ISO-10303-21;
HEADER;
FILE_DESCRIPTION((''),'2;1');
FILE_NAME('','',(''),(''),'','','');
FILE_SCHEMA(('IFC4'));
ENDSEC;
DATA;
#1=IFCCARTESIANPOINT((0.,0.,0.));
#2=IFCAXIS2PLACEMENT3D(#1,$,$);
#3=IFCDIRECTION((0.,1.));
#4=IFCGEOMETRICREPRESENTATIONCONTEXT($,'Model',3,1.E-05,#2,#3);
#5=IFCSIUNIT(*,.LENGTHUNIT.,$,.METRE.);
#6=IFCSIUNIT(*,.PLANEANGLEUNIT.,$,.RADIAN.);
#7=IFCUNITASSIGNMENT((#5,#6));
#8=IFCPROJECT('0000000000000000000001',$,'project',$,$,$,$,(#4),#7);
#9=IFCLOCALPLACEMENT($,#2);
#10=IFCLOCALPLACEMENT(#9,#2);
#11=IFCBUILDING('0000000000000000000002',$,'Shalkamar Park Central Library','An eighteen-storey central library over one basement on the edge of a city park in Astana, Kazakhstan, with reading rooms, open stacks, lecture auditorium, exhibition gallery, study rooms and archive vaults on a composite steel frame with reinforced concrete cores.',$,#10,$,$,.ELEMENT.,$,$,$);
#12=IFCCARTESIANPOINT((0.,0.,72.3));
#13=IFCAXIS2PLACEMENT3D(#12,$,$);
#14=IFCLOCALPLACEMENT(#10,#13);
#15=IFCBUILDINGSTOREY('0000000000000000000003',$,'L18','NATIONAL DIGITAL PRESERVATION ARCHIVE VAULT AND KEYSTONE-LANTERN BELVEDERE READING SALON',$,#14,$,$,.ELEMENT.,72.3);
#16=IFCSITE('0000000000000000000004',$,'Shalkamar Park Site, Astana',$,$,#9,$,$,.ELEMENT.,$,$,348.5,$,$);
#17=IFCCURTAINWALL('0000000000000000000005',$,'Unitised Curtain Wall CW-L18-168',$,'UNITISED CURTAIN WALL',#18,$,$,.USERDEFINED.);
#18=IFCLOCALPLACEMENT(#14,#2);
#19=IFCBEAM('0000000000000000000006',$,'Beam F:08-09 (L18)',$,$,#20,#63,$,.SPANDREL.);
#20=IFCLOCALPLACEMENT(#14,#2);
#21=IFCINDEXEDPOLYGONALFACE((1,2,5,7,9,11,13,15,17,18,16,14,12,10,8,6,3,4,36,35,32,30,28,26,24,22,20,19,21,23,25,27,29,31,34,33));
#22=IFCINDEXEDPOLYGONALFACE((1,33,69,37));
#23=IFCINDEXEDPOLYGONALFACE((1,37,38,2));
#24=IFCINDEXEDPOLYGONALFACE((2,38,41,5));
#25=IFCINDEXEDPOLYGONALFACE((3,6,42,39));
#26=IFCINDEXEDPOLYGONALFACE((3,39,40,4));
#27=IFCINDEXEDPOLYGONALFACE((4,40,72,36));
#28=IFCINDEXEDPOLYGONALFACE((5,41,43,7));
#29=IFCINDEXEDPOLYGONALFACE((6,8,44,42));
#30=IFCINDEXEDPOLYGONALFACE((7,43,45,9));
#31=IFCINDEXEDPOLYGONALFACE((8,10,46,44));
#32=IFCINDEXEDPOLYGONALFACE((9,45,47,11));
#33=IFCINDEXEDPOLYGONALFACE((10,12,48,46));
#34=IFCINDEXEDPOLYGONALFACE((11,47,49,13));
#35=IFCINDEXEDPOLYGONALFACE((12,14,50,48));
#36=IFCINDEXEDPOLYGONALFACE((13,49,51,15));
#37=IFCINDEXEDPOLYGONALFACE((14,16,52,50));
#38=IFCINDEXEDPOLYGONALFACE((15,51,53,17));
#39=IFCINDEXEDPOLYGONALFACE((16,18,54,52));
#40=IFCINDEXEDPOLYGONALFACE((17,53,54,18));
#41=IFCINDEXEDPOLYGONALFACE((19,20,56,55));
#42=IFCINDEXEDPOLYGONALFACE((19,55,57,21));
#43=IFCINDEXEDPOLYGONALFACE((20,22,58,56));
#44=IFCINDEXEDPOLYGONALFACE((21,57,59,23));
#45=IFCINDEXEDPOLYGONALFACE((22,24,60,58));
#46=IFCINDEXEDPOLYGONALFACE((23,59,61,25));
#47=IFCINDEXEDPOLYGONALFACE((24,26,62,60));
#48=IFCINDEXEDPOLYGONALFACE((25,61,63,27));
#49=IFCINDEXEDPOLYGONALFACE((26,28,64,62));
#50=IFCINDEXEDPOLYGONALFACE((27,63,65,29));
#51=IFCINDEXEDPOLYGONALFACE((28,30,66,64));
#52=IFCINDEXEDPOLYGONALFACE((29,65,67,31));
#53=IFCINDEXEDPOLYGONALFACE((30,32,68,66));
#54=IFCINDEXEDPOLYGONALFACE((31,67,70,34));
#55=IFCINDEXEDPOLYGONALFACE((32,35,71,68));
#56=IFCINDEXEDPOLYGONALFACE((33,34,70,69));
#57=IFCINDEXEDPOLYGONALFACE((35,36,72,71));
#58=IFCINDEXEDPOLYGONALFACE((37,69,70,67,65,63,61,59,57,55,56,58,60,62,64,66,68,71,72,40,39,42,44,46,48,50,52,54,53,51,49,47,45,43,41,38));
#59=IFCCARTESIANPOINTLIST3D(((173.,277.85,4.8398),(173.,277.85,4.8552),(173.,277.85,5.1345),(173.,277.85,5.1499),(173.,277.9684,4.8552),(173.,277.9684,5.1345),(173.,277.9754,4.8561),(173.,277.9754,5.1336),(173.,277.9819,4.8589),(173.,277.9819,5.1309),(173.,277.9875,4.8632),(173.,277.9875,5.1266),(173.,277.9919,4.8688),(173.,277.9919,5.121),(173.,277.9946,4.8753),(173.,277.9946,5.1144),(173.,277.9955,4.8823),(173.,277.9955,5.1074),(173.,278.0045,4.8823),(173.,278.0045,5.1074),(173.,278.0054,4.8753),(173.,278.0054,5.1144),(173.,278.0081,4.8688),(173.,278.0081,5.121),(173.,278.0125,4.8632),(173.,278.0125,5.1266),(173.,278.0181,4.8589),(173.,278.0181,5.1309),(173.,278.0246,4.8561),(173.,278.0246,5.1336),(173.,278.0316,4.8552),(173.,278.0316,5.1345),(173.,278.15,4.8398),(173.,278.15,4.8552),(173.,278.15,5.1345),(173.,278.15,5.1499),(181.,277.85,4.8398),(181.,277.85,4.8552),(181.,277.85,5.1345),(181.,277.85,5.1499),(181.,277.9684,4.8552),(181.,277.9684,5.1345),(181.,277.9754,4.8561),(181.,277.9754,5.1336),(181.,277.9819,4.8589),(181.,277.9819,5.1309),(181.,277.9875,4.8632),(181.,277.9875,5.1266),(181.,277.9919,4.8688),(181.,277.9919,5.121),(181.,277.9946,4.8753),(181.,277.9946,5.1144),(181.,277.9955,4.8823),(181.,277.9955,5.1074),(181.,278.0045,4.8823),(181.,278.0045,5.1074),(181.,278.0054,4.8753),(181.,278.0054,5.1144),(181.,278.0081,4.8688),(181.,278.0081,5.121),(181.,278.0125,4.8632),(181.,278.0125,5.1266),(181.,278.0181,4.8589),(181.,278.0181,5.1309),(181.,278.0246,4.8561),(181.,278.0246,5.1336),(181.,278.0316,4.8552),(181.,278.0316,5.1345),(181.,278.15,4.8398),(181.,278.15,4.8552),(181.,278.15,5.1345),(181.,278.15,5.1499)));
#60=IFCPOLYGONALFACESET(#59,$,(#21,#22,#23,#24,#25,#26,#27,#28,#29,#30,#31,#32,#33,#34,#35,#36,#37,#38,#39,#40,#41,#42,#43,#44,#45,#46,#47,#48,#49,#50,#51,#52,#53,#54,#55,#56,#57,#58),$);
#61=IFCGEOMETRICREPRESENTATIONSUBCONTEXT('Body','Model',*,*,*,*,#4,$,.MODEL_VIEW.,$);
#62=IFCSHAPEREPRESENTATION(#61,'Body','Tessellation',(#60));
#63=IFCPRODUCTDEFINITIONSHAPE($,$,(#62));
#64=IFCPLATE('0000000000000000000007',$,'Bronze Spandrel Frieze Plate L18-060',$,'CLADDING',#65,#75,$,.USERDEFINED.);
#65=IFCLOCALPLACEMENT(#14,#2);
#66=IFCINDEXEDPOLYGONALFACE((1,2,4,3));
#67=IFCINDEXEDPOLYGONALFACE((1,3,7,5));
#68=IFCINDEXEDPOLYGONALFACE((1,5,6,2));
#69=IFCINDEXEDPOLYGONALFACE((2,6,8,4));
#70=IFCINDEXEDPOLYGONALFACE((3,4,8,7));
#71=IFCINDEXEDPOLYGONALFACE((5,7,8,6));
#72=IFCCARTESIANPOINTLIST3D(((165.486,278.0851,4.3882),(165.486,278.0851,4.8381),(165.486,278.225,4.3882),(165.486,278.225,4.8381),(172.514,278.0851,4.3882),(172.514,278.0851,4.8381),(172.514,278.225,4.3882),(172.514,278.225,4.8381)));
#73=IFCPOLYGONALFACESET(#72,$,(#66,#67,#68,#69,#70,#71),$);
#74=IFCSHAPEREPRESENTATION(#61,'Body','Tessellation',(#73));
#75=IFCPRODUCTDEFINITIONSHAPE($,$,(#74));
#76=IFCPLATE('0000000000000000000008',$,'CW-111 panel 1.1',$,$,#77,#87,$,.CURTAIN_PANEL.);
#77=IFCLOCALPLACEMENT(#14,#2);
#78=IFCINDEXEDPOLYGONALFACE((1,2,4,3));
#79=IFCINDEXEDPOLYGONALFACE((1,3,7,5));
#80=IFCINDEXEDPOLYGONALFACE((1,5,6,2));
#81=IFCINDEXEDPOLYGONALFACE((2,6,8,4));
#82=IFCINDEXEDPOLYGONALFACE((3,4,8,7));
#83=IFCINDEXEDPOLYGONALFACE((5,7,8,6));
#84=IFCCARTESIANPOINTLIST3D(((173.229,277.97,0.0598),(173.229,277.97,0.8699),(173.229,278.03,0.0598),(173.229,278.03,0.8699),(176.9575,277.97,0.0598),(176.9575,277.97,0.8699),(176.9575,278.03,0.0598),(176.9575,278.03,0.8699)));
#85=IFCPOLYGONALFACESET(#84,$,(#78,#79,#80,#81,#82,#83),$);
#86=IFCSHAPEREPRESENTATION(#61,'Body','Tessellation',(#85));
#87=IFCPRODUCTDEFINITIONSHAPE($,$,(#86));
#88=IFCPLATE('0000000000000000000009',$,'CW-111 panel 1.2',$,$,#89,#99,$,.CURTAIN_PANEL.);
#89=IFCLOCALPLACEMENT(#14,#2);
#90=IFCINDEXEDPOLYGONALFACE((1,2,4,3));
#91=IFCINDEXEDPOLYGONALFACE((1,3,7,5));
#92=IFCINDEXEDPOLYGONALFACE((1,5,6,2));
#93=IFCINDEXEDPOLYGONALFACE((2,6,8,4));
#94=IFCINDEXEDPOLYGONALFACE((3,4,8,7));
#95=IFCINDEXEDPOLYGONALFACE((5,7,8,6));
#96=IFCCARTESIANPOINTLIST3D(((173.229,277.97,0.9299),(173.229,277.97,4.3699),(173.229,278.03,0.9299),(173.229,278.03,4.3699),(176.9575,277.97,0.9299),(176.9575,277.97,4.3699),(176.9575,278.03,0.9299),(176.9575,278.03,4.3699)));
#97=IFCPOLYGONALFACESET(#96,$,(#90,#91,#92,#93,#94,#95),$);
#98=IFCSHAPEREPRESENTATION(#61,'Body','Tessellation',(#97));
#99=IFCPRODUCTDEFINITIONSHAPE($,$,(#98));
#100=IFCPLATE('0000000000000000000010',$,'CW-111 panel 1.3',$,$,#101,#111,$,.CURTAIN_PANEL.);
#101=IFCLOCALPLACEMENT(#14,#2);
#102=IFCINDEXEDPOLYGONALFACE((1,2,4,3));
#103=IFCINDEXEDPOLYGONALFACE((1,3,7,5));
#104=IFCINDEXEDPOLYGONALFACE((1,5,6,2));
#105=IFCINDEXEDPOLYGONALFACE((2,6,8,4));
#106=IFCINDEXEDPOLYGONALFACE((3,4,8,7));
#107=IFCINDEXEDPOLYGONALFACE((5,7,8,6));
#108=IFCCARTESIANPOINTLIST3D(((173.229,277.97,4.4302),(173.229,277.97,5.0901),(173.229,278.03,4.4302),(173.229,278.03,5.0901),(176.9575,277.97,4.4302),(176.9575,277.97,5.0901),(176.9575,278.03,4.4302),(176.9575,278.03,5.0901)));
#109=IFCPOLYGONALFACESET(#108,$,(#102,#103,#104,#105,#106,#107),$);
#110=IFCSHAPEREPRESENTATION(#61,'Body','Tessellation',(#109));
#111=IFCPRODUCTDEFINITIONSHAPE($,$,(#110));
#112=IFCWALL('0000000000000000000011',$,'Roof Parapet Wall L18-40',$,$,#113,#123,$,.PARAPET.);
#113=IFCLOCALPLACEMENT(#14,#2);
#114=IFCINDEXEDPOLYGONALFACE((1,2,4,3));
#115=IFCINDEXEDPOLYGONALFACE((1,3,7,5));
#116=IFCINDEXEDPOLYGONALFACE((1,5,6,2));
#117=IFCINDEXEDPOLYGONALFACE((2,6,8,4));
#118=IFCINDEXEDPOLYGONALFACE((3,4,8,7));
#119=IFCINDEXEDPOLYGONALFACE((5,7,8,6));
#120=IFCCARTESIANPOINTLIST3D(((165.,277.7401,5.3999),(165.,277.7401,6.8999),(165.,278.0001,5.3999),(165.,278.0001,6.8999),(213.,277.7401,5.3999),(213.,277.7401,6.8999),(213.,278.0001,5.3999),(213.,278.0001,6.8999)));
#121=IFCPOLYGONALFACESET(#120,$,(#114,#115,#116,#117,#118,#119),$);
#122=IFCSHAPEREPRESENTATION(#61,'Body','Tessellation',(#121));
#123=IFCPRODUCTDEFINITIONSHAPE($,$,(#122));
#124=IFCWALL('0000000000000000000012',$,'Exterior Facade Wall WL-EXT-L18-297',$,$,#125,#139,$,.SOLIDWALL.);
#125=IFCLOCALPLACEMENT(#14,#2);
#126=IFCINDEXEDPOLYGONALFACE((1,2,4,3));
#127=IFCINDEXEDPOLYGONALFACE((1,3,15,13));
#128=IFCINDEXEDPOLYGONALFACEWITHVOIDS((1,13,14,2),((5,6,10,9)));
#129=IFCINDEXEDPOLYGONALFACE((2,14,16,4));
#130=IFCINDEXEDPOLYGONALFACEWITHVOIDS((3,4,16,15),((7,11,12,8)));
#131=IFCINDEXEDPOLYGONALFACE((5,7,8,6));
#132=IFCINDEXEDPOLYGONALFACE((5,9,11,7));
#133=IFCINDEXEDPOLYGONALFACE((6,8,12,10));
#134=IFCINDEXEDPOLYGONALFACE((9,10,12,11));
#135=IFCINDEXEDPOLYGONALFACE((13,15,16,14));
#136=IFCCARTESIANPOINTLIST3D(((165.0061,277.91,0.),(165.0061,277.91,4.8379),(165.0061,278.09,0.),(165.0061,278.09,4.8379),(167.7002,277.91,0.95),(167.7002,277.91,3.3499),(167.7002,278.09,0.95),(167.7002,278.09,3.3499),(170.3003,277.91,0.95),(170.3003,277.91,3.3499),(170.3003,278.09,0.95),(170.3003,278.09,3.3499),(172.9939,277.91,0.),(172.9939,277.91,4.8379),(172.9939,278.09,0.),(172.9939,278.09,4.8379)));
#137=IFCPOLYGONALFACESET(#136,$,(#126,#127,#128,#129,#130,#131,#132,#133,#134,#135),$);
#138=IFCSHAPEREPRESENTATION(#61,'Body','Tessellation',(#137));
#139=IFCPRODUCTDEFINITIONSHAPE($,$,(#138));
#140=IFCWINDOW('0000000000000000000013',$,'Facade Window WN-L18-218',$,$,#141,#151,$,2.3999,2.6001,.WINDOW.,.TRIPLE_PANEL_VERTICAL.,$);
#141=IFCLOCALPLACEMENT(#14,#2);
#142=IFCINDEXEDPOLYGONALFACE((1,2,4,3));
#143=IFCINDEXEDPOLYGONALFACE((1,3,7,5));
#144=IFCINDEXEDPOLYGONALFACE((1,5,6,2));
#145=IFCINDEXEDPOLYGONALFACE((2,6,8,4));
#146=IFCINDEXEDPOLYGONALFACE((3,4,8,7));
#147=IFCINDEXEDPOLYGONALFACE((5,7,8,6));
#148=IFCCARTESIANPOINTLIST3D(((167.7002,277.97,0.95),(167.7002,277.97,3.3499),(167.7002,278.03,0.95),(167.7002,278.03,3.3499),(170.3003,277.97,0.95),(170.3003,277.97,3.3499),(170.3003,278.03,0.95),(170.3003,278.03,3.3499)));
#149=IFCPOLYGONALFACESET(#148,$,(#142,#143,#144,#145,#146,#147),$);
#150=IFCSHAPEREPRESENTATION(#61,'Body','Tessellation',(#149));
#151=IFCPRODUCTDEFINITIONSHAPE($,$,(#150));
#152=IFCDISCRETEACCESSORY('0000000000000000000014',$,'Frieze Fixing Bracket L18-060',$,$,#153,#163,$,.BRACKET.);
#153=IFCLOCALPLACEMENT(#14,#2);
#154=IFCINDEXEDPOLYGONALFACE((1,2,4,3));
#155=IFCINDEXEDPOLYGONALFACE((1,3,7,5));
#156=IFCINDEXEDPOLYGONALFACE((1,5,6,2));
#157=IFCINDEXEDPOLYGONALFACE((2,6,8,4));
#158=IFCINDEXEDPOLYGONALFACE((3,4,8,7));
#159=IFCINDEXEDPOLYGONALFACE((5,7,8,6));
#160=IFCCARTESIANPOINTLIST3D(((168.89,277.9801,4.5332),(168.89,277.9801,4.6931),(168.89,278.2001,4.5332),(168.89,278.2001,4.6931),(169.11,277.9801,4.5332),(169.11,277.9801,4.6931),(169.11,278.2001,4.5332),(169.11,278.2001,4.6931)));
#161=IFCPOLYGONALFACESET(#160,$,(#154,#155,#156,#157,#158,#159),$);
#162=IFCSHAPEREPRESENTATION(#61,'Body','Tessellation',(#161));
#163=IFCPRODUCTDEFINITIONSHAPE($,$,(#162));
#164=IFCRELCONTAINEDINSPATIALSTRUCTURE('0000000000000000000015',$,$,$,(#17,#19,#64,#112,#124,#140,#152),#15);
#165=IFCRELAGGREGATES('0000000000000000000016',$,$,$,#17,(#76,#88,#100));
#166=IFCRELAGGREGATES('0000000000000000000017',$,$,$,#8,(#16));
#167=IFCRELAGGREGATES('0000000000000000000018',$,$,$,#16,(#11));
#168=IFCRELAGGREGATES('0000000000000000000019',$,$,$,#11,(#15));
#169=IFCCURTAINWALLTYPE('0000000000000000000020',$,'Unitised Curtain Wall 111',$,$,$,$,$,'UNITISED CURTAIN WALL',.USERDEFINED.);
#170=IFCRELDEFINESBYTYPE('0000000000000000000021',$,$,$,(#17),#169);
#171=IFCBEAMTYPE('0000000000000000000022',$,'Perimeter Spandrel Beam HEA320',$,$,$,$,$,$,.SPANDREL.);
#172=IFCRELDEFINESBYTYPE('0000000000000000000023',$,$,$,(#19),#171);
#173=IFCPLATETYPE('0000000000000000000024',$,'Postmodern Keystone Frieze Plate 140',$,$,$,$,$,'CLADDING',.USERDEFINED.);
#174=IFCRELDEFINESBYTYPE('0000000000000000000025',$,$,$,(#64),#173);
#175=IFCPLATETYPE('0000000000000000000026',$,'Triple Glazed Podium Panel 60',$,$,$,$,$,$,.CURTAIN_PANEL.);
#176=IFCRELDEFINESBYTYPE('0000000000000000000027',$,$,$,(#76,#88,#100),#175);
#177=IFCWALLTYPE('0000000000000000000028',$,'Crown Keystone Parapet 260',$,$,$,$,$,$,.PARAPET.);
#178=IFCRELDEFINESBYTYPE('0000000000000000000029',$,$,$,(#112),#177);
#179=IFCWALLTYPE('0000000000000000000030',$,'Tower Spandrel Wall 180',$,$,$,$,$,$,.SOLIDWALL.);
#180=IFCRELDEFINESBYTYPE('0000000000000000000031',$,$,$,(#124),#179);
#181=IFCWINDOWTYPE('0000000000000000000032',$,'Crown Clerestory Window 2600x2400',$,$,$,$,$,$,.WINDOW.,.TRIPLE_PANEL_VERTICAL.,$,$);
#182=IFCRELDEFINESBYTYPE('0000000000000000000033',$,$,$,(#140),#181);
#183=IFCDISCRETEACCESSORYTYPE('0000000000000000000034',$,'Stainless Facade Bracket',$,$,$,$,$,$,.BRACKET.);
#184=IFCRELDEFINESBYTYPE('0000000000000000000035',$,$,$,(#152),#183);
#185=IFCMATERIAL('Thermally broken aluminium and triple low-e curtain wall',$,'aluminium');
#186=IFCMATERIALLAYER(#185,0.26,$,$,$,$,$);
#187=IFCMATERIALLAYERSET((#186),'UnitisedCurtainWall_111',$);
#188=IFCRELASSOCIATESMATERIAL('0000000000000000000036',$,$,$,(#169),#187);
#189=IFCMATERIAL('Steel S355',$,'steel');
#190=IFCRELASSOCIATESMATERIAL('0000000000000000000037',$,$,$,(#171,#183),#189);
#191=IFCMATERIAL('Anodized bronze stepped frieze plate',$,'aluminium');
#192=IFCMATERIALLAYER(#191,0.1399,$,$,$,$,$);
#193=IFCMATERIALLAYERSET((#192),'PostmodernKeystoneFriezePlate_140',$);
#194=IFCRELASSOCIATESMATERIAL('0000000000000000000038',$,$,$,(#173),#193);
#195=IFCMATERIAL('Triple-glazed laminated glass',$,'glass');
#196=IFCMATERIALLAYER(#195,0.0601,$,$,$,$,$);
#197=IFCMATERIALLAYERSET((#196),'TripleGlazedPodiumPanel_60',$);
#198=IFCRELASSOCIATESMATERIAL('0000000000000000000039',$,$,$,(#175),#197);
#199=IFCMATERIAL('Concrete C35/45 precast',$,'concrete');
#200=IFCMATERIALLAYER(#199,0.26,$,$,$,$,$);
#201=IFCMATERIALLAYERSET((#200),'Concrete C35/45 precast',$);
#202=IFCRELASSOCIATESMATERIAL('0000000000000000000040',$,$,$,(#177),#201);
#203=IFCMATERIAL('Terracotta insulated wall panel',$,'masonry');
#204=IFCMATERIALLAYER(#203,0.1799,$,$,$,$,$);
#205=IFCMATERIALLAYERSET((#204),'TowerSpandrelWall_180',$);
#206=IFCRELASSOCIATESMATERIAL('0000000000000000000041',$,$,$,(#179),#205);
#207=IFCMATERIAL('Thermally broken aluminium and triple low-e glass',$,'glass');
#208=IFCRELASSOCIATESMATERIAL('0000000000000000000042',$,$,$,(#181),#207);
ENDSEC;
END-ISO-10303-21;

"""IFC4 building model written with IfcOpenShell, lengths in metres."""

from ifc_helpers import new_model, si_unit, direction, frame, frame_2d, origin, origin_2d, place, context, subcontext, project, spatial, rectangle, i_section, extrude, material, layer, layer_set, material_profile, profile_set, type_object, element, fill, aggregate, save


model = new_model("IFC4")

# Units and contexts
model_context = context("Model", 3, precision=1e-05, world=origin(), true_north=direction((0.0, 1.0)))
body_context = subcontext(model_context, "Body", "Model", "MODEL_VIEW")
ifc_project = project(units=[si_unit("LENGTHUNIT", "METRE"), si_unit("PLANEANGLEUNIT", "RADIAN")], contexts=[model_context])

# Site, building, storey
site_placement = place(None, origin())
site = spatial("IfcSite", under=ifc_project, at=site_placement, Name="Shalkamar Park Site, Astana", CompositionType="ELEMENT", RefElevation=348.5)
building_placement = place(site_placement, origin())
building = spatial("IfcBuilding", under=site, at=building_placement, Name="Shalkamar Park Central Library", Description="An eighteen-storey central library over one basement on the edge of a city park in Astana, Kazakhstan, with reading rooms, open stacks, lecture auditorium, exhibition gallery, study rooms and archive vaults on a composite steel frame with reinforced concrete cores.", CompositionType="ELEMENT")
storey_placement = place(building_placement, frame((0.0, 0.0, 72.3)))
storey = spatial("IfcBuildingStorey", under=building, at=storey_placement, Name="L18", Description="NATIONAL DIGITAL PRESERVATION ARCHIVE VAULT AND KEYSTONE-LANTERN BELVEDERE READING SALON", CompositionType="ELEMENT", Elevation=72.3)

# Shared definitions
ifc_material_1 = material(Name="Steel S355", Category="steel")

# Curtain wall
ifc_material_2 = material(Name="Thermally broken aluminium and triple low-e curtain wall", Category="aluminium")
ifc_layer_1 = layer(ifc_material_2, 0.26)
ifc_layer_set_1 = layer_set([ifc_layer_1], Name="UnitisedCurtainWall_111")
curtain_wall_type = type_object("IfcCurtainWallType", Name="Unitised Curtain Wall 111", ElementType="UNITISED CURTAIN WALL", PredefinedType="USERDEFINED", material=ifc_layer_set_1)
curtain_wall_placement = place(storey_placement, origin())
curtain_wall = element("IfcCurtainWall", 1, at=curtain_wall_placement, inside=storey, type_object=curtain_wall_type, Name="Unitised Curtain Wall CW-L18-168", ObjectType="UNITISED CURTAIN WALL", PredefinedType="USERDEFINED")

# Beam
ifc_material_profile_1 = material_profile(ifc_material_1, i_section(OverallWidth=0.3, OverallDepth=0.3101, WebThickness=0.009, FlangeThickness=0.0154, FilletRadius=0.0271, at=origin_2d()), Name="HEA 320")
ifc_profile_set_1 = profile_set([ifc_material_profile_1], Name="Steel S355")
beam_type_1 = type_object("IfcBeamType", Name="Perimeter Spandrel Beam HEA320", PredefinedType="SPANDREL", material=ifc_profile_set_1)
for number, where, z_axis, x_axis, name in (
    (2, (173.0, 278.0, 4.9949), (1.0, 0.0, 0.0), (0.0, 1.0, 0.0), "Beam F:08-09 (L18)"),
):
    element("IfcBeam", number, at=place(storey_placement, frame(where, z_axis=z_axis, x_axis=x_axis)), inside=storey, type_object=beam_type_1, Name=name, PredefinedType="SPANDREL", context=body_context, shape_type="SweptSolid", body=[
        extrude(i_section(OverallWidth=0.3, OverallDepth=0.3101, WebThickness=0.009, FlangeThickness=0.0154, FilletRadius=0.0271, at=origin_2d()), origin(), (0.0, 0.0, 1.0), 8.0),
    ])

# Plates
ifc_material_3 = material(Name="Anodized bronze stepped frieze plate", Category="aluminium")
ifc_layer_2 = layer(ifc_material_3, 0.1399)
ifc_layer_set_2 = layer_set([ifc_layer_2], Name="PostmodernKeystoneFriezePlate_140")
plate_type_1 = type_object("IfcPlateType", Name="Postmodern Keystone Frieze Plate 140", ElementType="CLADDING", PredefinedType="USERDEFINED", material=ifc_layer_set_2)
plate_1_placement = place(storey_placement, frame((169.0, 278.155, 4.3882), z_axis=(0.0, 0.0, 1.0), x_axis=(1.0, 0.0, 0.0)))
element("IfcPlate", 3, at=plate_1_placement, inside=storey, type_object=plate_type_1, Name="Bronze Spandrel Frieze Plate L18-060", ObjectType="CLADDING", PredefinedType="USERDEFINED", context=body_context, shape_type="SweptSolid", body=[
    extrude(rectangle(XDim=7.0281, YDim=0.1399, at=origin_2d()), origin(), (0.0, 0.0, 1.0), 0.45),
])
ifc_material_4 = material(Name="Triple-glazed laminated glass", Category="glass")
ifc_layer_3 = layer(ifc_material_4, 0.0601)
ifc_layer_set_3 = layer_set([ifc_layer_3], Name="TripleGlazedPodiumPanel_60")
plate_type_2 = type_object("IfcPlateType", Name="Triple Glazed Podium Panel 60", PredefinedType="CURTAIN_PANEL", material=ifc_layer_set_3)
plate_2_placement = place(storey_placement, frame((175.0933, 278.0, 0.0598), z_axis=(0.0, 0.0, 1.0), x_axis=(1.0, 0.0, 0.0)))
plate_2 = element("IfcPlate", 4, at=plate_2_placement, type_object=plate_type_2, Name="CW-111 panel 1.1", PredefinedType="CURTAIN_PANEL", context=body_context, shape_type="SweptSolid", body=[
    extrude(rectangle(XDim=3.7285, YDim=0.0601, at=origin_2d()), origin(), (0.0, 0.0, 1.0), 0.8101),
])
plate_3_placement = place(storey_placement, frame((175.0933, 278.0, 0.9299), z_axis=(0.0, 0.0, 1.0), x_axis=(1.0, 0.0, 0.0)))
plate_3 = element("IfcPlate", 5, at=plate_3_placement, type_object=plate_type_2, Name="CW-111 panel 1.2", PredefinedType="CURTAIN_PANEL", context=body_context, shape_type="SweptSolid", body=[
    extrude(rectangle(XDim=3.7285, YDim=0.0601, at=origin_2d()), origin(), (0.0, 0.0, 1.0), 3.4399),
])
plate_4_placement = place(storey_placement, frame((175.0933, 278.0, 4.4302), z_axis=(0.0, 0.0, 1.0), x_axis=(1.0, 0.0, 0.0)))
plate_4 = element("IfcPlate", 6, at=plate_4_placement, type_object=plate_type_2, Name="CW-111 panel 1.3", PredefinedType="CURTAIN_PANEL", context=body_context, shape_type="SweptSolid", body=[
    extrude(rectangle(XDim=3.7285, YDim=0.0601, at=origin_2d()), origin(), (0.0, 0.0, 1.0), 0.6599),
])
aggregate(curtain_wall, [plate_2, plate_3, plate_4])

# Wall
ifc_material_5 = material(Name="Concrete C35/45 precast", Category="concrete")
ifc_layer_4 = layer(ifc_material_5, 0.26)
ifc_layer_set_4 = layer_set([ifc_layer_4], Name="Concrete C35/45 precast")
wall_type_1 = type_object("IfcWallType", Name="Crown Keystone Parapet 260", PredefinedType="PARAPET", material=ifc_layer_set_4)
wall_1_placement = place(storey_placement, frame((165.0, 277.8701, 5.3999), z_axis=(0.0, 0.0, 1.0), x_axis=(1.0, 0.0, 0.0)))
element("IfcWall", 7, at=wall_1_placement, inside=storey, type_object=wall_type_1, Name="Roof Parapet Wall L18-40", PredefinedType="PARAPET", context=body_context, shape_type="SweptSolid", body=[
    extrude(rectangle(XDim=48.0, YDim=0.26, at=frame_2d((24.0, 0.0))), origin(), (0.0, 0.0, 1.0), 1.5),
])

# Wall, opening, window
ifc_material_6 = material(Name="Terracotta insulated wall panel", Category="masonry")
ifc_layer_5 = layer(ifc_material_6, 0.1799)
ifc_layer_set_5 = layer_set([ifc_layer_5], Name="TowerSpandrelWall_180")
wall_type_2 = type_object("IfcWallType", Name="Tower Spandrel Wall 180", PredefinedType="SOLIDWALL", material=ifc_layer_set_5)
wall_2_placement = place(storey_placement, frame((165.0061, 278.0, 0.0), z_axis=(0.0, 0.0, 1.0), x_axis=(1.0, 0.0, 0.0)))
wall_2 = element("IfcWall", 8, at=wall_2_placement, inside=storey, type_object=wall_type_2, Name="Exterior Facade Wall WL-EXT-L18-297", PredefinedType="SOLIDWALL", context=body_context, shape_type="SweptSolid", body=[
    extrude(rectangle(XDim=7.9878, YDim=0.1799, at=frame_2d((3.9939, 0.0))), origin(), (0.0, 0.0, 1.0), 4.8379),
])
opening_placement = place(wall_2_placement, frame((2.6941, 0.0, 0.95)))
opening = element("IfcOpeningElement", 9, at=opening_placement, cuts=wall_2, PredefinedType="OPENING", context=body_context, shape_type="SweptSolid", body=[
    extrude(rectangle(XDim=2.6001, YDim=2.3999, at=frame_2d((1.3, 1.2))), frame((0.0, 0.105, 0.0), z_axis=(0.0, -1.0, 0.0), x_axis=(1.0, 0.0, 0.0)), (0.0, 0.0, 1.0), 0.2097),
])
ifc_material_7 = material(Name="Thermally broken aluminium and triple low-e glass", Category="glass")
window_type = type_object("IfcWindowType", Name="Crown Clerestory Window 2600x2400", PartitioningType="TRIPLE_PANEL_VERTICAL", PredefinedType="WINDOW", material=ifc_material_7)
window_placement = place(opening_placement, origin())
window = element("IfcWindow", 10, at=window_placement, inside=storey, type_object=window_type, Name="Facade Window WN-L18-218", OverallHeight=2.3999, OverallWidth=2.6001, PartitioningType="TRIPLE_PANEL_VERTICAL", PredefinedType="WINDOW", context=body_context, shape_type="SweptSolid", body=[
    extrude(rectangle(XDim=2.6001, YDim=2.3999, at=frame_2d((1.3, 1.2))), frame((0.0, 0.03, 0.0), z_axis=(0.0, -1.0, 0.0), x_axis=(1.0, 0.0, 0.0)), (0.0, 0.0, 1.0), 0.0601),
])
fill(opening, window)

# Discrete accessory
discrete_accessory_type = type_object("IfcDiscreteAccessoryType", Name="Stainless Facade Bracket", PredefinedType="BRACKET", material=ifc_material_1)
discrete_accessory_placement = place(storey_placement, frame((169.0, 278.0901, 4.5332), z_axis=(0.0, 0.0, 1.0), x_axis=(1.0, 0.0, 0.0)))
element("IfcDiscreteAccessory", 11, at=discrete_accessory_placement, inside=storey, type_object=discrete_accessory_type, Name="Frieze Fixing Bracket L18-060", PredefinedType="BRACKET", context=body_context, shape_type="SweptSolid", body=[
    extrude(rectangle(XDim=0.22, YDim=0.22, at=origin_2d()), origin(), (0.0, 0.0, 1.0), 0.1599),
])

save(model, "model.ifc")
